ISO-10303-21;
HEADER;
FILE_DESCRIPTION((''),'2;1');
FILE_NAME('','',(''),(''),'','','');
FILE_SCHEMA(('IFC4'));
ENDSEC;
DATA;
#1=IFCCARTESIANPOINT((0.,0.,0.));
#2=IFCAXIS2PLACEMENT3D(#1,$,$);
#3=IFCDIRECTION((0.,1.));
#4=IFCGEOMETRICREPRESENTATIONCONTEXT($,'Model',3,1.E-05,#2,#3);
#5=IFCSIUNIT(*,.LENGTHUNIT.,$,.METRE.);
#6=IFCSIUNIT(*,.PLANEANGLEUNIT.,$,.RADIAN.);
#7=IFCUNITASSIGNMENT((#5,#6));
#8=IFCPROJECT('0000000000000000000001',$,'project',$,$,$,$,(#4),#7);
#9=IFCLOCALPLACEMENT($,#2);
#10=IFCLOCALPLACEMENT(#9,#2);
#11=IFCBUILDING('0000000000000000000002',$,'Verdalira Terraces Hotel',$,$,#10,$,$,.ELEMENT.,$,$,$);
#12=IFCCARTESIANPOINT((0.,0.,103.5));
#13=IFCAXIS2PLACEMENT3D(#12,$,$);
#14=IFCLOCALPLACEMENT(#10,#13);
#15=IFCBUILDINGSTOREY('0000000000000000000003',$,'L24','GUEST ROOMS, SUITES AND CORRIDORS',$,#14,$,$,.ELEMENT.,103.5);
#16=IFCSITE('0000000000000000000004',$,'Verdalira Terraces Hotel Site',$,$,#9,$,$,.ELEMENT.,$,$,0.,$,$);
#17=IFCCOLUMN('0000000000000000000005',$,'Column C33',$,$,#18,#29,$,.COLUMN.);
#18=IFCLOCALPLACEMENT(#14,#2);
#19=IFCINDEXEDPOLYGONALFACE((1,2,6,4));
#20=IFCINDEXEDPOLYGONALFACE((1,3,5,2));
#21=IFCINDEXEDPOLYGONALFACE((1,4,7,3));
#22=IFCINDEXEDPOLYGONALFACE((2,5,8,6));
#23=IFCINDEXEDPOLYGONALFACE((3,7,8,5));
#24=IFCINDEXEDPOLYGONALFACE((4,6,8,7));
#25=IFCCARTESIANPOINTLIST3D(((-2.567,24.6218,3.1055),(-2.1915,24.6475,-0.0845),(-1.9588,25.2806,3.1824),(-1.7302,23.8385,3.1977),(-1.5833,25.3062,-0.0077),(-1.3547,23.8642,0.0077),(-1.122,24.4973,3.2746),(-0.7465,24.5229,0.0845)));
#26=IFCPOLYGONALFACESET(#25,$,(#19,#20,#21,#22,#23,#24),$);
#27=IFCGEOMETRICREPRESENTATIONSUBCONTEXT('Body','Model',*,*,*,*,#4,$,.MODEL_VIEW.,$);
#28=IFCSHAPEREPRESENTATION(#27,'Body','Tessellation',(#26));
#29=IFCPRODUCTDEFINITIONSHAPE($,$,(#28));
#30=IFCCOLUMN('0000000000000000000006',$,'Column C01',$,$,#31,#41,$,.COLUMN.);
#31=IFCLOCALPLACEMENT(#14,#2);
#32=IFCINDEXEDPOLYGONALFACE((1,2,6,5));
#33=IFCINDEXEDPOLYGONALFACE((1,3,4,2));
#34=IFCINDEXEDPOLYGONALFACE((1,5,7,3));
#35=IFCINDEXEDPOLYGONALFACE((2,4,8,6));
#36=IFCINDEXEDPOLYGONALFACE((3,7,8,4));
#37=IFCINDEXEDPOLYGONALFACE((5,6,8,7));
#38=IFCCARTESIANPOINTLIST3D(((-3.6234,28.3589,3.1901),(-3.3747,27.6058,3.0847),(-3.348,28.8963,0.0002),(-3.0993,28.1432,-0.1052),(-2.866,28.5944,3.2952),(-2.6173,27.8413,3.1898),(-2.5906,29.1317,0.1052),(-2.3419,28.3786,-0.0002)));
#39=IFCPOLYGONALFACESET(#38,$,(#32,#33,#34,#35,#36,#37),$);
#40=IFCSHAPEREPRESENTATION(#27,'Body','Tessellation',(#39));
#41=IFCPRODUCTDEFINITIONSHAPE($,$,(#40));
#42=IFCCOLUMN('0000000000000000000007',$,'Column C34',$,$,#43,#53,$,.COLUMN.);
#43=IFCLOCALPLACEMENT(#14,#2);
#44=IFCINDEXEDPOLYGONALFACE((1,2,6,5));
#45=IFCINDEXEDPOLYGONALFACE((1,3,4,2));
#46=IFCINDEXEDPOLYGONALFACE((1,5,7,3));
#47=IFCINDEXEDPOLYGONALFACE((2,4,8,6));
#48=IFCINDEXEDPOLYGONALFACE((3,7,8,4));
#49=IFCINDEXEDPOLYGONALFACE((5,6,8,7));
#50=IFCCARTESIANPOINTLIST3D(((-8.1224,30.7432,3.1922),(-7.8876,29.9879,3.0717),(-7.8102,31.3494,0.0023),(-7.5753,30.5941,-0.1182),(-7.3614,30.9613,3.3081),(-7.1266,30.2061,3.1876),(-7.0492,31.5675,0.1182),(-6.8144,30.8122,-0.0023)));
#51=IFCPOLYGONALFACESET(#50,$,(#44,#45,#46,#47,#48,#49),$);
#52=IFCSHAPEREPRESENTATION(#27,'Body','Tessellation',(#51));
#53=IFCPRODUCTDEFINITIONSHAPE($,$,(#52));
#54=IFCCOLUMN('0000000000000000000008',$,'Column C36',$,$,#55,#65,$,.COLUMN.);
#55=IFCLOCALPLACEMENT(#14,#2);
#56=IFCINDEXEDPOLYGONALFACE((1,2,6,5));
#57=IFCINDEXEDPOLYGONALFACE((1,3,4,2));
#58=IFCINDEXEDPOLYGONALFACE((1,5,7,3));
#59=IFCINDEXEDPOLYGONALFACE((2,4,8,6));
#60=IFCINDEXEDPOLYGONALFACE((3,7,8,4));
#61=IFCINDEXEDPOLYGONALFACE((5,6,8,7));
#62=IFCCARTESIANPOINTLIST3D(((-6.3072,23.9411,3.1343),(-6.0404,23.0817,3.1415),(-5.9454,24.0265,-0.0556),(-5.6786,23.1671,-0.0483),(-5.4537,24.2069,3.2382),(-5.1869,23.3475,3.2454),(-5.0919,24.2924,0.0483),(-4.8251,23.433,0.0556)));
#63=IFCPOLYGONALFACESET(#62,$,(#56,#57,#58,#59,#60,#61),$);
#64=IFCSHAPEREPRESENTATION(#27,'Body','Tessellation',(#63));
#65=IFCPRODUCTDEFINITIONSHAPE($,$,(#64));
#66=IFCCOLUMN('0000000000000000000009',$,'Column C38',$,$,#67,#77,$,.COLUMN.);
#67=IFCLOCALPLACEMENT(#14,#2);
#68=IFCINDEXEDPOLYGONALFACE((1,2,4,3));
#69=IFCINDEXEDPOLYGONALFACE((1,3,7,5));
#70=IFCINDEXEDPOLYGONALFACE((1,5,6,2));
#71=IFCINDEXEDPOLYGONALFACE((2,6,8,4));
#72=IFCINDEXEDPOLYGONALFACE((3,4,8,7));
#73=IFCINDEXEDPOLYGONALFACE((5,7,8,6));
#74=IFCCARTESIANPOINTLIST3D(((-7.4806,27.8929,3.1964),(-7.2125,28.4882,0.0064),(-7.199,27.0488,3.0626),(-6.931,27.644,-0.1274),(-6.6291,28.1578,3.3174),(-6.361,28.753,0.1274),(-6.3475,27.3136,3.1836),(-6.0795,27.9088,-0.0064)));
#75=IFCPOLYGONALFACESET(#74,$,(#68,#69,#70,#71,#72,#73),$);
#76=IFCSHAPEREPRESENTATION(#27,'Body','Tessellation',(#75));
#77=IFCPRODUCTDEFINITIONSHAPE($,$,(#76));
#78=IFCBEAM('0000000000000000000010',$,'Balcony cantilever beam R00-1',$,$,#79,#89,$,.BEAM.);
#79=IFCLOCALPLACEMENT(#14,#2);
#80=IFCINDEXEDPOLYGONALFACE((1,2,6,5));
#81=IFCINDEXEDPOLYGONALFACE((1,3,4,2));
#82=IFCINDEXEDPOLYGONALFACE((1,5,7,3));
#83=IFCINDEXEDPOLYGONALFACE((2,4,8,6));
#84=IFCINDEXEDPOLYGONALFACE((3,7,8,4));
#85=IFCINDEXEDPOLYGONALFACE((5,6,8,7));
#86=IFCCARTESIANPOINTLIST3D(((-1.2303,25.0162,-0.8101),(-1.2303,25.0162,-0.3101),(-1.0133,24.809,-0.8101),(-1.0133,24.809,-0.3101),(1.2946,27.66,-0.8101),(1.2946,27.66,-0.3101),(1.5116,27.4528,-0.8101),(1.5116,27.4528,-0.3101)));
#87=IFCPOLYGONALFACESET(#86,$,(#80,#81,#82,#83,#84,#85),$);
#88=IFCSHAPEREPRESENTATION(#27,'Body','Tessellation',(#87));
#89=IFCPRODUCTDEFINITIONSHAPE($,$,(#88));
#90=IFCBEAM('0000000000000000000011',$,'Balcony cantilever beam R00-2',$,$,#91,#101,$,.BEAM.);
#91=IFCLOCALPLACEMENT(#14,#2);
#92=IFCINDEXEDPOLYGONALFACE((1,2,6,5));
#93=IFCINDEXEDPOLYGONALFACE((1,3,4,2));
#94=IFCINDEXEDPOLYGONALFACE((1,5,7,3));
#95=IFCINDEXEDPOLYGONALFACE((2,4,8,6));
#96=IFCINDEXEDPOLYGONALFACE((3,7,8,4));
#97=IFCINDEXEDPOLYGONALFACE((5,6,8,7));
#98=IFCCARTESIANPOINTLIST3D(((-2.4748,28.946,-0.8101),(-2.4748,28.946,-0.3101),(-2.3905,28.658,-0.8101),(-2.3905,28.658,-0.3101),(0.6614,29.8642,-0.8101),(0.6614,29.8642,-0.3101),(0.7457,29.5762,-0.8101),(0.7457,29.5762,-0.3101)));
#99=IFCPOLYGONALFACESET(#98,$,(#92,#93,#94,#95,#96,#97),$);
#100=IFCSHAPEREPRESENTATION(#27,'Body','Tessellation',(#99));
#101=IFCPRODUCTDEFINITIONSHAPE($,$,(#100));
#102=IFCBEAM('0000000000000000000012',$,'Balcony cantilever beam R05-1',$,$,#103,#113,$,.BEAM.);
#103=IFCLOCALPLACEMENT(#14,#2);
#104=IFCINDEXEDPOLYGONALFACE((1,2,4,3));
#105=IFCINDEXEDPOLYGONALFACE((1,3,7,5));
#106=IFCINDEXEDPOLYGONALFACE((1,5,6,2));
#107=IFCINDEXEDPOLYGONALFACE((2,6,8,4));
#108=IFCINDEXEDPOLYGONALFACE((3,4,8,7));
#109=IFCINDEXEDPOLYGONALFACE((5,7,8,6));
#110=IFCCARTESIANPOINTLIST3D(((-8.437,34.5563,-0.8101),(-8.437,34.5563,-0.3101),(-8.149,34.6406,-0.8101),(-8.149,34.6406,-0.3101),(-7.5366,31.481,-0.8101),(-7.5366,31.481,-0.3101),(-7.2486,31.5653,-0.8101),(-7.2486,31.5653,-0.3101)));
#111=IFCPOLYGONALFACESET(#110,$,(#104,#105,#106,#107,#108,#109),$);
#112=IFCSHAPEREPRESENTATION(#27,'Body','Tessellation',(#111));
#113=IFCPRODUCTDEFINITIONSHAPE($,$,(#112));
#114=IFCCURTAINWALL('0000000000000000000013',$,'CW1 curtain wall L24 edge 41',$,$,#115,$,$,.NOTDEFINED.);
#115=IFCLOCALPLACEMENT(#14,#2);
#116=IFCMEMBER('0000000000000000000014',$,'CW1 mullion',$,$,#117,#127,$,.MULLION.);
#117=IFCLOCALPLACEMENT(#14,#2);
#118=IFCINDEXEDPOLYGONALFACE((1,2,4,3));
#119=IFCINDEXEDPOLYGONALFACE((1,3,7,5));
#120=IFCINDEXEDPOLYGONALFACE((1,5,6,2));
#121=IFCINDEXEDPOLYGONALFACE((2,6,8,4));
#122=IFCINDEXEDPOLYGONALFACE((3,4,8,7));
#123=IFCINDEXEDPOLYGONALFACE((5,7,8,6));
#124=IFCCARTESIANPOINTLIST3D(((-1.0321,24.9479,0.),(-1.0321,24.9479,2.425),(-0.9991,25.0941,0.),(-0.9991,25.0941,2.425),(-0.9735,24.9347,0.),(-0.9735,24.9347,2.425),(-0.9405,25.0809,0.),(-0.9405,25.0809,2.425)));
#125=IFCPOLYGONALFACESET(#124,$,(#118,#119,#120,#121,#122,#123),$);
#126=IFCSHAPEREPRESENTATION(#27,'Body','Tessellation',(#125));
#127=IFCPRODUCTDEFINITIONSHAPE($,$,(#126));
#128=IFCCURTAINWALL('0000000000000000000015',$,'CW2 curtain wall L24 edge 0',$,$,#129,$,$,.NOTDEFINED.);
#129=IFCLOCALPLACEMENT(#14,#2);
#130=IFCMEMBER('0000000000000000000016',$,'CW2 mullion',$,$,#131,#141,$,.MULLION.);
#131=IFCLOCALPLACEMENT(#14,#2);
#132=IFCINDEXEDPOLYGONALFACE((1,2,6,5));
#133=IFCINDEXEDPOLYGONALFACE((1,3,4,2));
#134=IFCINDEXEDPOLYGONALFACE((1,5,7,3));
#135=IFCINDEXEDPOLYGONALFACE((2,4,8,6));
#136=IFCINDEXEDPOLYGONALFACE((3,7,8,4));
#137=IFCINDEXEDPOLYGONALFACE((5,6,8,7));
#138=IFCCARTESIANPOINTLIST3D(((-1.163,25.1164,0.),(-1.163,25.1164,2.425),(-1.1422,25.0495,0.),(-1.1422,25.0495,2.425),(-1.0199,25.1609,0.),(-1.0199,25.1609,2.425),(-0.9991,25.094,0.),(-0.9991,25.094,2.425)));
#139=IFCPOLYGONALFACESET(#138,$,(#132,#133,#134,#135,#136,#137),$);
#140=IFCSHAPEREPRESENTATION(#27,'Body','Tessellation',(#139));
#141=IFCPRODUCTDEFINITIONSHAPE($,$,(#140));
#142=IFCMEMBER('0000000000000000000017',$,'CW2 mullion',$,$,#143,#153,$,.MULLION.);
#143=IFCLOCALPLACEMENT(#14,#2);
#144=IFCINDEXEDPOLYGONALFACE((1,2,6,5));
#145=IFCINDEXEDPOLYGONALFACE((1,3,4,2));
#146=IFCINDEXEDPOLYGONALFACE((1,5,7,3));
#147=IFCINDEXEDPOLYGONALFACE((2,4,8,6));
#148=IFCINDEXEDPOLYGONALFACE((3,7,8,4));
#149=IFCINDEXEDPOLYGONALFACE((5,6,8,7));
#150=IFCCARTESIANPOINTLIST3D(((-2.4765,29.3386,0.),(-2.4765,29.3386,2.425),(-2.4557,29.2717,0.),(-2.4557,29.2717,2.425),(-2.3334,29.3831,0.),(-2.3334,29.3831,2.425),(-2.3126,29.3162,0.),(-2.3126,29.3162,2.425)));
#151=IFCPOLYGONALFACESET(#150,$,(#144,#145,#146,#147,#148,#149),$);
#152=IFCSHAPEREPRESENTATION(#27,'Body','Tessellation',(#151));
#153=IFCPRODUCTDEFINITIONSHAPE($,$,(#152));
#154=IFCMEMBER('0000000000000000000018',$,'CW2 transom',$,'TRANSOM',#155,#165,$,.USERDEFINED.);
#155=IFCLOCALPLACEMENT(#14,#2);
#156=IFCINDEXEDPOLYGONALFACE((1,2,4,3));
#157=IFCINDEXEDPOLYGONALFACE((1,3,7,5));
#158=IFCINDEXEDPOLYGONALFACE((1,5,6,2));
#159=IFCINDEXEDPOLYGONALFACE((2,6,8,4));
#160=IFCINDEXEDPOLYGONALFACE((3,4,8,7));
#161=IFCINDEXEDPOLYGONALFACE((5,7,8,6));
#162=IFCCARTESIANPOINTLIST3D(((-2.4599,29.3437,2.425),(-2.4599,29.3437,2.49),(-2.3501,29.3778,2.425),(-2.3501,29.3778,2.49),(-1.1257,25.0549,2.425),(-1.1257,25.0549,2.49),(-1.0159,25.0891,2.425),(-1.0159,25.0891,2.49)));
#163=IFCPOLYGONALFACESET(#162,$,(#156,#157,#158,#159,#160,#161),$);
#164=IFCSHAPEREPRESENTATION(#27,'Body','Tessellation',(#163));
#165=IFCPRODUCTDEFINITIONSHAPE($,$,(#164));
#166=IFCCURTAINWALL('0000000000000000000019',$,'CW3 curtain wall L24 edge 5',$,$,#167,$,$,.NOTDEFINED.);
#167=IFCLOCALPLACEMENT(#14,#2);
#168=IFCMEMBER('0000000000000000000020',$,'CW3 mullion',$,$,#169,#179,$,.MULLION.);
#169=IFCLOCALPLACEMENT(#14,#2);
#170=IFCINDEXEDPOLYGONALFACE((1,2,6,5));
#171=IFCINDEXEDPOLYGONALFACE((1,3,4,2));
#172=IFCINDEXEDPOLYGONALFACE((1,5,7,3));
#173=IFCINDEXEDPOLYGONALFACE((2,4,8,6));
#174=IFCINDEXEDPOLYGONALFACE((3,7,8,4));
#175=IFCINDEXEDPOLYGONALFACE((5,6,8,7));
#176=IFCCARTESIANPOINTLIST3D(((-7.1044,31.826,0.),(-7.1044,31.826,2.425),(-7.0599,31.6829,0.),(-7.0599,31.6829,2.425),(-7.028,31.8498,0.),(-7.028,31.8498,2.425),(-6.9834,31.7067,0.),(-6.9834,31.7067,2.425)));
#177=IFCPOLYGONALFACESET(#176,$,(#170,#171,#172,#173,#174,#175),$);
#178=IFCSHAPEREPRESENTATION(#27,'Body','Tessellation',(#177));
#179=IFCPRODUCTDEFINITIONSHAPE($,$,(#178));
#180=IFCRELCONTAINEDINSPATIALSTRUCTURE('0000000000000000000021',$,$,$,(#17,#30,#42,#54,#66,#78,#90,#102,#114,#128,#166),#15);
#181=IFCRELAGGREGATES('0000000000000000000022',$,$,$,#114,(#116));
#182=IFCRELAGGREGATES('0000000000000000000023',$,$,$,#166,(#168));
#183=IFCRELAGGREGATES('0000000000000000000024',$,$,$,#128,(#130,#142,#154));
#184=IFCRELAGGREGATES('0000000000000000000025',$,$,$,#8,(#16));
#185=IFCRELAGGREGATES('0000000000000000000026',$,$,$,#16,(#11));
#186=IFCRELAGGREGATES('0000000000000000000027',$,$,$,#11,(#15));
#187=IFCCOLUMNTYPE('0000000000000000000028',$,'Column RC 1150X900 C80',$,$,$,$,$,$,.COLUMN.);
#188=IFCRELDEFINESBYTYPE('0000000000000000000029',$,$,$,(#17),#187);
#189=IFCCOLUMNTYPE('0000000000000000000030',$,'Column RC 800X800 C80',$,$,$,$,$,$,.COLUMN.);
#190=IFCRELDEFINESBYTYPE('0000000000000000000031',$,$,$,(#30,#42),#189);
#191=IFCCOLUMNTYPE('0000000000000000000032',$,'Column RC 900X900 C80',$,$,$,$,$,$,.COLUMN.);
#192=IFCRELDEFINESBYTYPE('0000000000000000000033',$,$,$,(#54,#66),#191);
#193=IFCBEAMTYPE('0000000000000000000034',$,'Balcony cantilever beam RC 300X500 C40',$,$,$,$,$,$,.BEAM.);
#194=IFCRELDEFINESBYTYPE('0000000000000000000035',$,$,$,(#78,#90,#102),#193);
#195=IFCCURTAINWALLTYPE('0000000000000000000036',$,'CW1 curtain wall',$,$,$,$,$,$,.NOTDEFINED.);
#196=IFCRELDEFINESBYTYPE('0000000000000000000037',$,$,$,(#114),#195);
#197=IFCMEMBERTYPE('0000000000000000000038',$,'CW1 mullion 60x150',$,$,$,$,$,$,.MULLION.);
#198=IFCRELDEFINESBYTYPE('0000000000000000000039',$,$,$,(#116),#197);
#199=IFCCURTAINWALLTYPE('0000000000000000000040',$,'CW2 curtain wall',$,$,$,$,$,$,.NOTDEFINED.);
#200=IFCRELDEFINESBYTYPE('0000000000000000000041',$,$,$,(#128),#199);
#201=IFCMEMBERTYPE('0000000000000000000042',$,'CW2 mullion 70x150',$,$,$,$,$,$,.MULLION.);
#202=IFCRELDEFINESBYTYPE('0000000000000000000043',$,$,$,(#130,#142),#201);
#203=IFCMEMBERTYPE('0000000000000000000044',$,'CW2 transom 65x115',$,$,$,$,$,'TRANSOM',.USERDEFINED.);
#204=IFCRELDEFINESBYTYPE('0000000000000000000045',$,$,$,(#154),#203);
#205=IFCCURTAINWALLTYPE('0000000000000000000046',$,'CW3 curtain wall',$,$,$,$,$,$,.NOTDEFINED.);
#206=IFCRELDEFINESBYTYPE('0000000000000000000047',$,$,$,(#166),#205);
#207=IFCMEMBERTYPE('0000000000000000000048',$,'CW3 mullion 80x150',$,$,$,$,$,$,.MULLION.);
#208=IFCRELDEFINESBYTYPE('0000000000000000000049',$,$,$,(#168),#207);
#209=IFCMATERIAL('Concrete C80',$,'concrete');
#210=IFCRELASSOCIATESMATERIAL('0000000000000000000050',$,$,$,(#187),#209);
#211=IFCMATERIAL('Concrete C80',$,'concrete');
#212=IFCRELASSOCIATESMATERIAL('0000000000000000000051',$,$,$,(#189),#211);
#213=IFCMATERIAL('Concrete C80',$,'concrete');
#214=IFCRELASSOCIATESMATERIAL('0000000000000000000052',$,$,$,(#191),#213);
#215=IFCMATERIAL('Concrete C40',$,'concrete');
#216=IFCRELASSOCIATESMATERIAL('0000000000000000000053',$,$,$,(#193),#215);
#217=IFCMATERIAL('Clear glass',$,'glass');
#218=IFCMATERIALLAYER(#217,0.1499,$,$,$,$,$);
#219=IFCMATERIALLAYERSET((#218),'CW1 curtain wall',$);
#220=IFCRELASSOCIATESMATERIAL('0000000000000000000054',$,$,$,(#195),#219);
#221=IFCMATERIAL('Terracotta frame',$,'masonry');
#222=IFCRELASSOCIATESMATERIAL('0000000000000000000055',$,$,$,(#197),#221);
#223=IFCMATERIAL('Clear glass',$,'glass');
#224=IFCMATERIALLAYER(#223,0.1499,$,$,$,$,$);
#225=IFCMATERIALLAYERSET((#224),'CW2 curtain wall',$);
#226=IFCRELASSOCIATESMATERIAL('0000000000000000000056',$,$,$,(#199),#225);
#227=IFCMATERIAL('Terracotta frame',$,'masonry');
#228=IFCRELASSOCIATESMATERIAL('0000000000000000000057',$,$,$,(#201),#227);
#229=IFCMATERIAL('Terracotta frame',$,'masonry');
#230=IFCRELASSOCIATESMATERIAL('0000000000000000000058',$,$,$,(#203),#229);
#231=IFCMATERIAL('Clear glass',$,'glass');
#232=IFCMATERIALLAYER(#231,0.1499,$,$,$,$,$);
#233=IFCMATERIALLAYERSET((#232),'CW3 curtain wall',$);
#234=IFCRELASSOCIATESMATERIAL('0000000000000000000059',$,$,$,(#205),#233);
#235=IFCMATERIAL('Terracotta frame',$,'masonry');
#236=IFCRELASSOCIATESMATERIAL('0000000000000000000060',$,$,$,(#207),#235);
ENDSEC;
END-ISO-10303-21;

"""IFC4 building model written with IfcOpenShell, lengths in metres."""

from ifc_helpers import new_model, si_unit, direction, frame, origin, origin_2d, place, context, subcontext, project, spatial, rectangle, extrude, material, layer, layer_set, material_profile, profile_set, type_object, element, aggregate, save


model = new_model("IFC4")

# Units and contexts
model_context = context("Model", 3, precision=1e-05, world=origin(), true_north=direction((0.0, 1.0)))
body_context = subcontext(model_context, "Body", "Model", "MODEL_VIEW")
ifc_project = project(units=[si_unit("LENGTHUNIT", "METRE"), si_unit("PLANEANGLEUNIT", "RADIAN")], contexts=[model_context])

# Site, building, storey
site_placement = place(None, origin())
site = spatial("IfcSite", under=ifc_project, at=site_placement, Name="Verdalira Terraces Hotel Site", CompositionType="ELEMENT", RefElevation=0.0)
building_placement = place(site_placement, origin())
building = spatial("IfcBuilding", under=site, at=building_placement, Name="Verdalira Terraces Hotel", CompositionType="ELEMENT")
storey_placement = place(building_placement, frame((0.0, 0.0, 103.5)))
storey = spatial("IfcBuildingStorey", under=building, at=storey_placement, Name="L24", Description="GUEST ROOMS, SUITES AND CORRIDORS", CompositionType="ELEMENT", Elevation=103.5)

# Columns
ifc_material_1 = material(Name="Concrete C80", Category="concrete")
ifc_material_profile_1 = material_profile(ifc_material_1, rectangle(XDim=1.1499, YDim=0.8999, at=origin_2d()), Name="RC 1150X900")
ifc_profile_set_1 = profile_set([ifc_material_profile_1], Name="Concrete C80")
column_type_1 = type_object("IfcColumnType", Name="Column RC 1150X900 C80", PredefinedType="COLUMN", material=ifc_profile_set_1)
column_1_placement = place(storey_placement, frame((-1.469, 24.5852, 0.0), z_axis=(-0.116899, -0.007981, 0.993112), x_axis=(0.727703, -0.68119, 0.080184)))
element("IfcColumn", 1, at=column_1_placement, inside=storey, type_object=column_type_1, Name="Column C33", PredefinedType="COLUMN", context=body_context, shape_type="SweptSolid", body=[
    extrude(rectangle(XDim=1.1499, YDim=0.8999, at=origin_2d()), origin(), (0.0, 0.0, 1.0), 3.2122),
])
ifc_material_2 = material(Name="Concrete C80", Category="concrete")
ifc_material_profile_2 = material_profile(ifc_material_2, rectangle(XDim=0.8, YDim=0.8, at=origin_2d()), Name="RC 800X800")
ifc_profile_set_2 = profile_set([ifc_material_profile_2], Name="Concrete C80")
column_type_2 = type_object("IfcColumnType", Name="Column RC 800X800 C80", PredefinedType="COLUMN", material=ifc_profile_set_2)
column_2_placement = place(storey_placement, frame((-2.845, 28.6375, 0.0), z_axis=(-0.084825, -0.165513, 0.982553), x_axis=(-0.310883, 0.941276, 0.131722)))
element("IfcColumn", 2, at=column_2_placement, inside=storey, type_object=column_type_2, Name="Column C01", PredefinedType="COLUMN", context=body_context, shape_type="SweptSolid", body=[
    extrude(rectangle(XDim=0.8, YDim=0.8, at=origin_2d()), origin(), (0.0, 0.0, 1.0), 3.2466),
])
column_3_placement = place(storey_placement, frame((-7.3123, 31.0808, 0.0), z_axis=(-0.095725, -0.185837, 0.977907), x_axis=(-0.951143, -0.272629, -0.144914)))
element("IfcColumn", 3, at=column_3_placement, inside=storey, type_object=column_type_2, Name="Column C34", PredefinedType="COLUMN", context=body_context, shape_type="SweptSolid", body=[
    extrude(rectangle(XDim=0.8, YDim=0.8, at=origin_2d()), origin(), (0.0, 0.0, 1.0), 3.262),
])
ifc_material_3 = material(Name="Concrete C80", Category="concrete")
ifc_material_profile_3 = material_profile(ifc_material_3, rectangle(XDim=0.8999, YDim=0.8999, at=origin_2d()), Name="RC 900X900")
ifc_profile_set_3 = profile_set([ifc_material_profile_3], Name="Concrete C80")
column_type_3 = type_object("IfcColumnType", Name="Column RC 900X900 C80", PredefinedType="COLUMN", material=ifc_profile_set_3)
column_4_placement = place(storey_placement, frame((-5.3853, 23.7297, 0.0), z_axis=(-0.112662, -0.026607, 0.993277), x_axis=(-0.296497, 0.955, -0.008048)))
element("IfcColumn", 4, at=column_4_placement, inside=storey, type_object=column_type_3, Name="Column C36", PredefinedType="COLUMN", context=body_context, shape_type="SweptSolid", body=[
    extrude(rectangle(XDim=0.8999, YDim=0.8999, at=origin_2d()), origin(), (0.0, 0.0, 1.0), 3.2114),
])
column_5_placement = place(storey_placement, frame((-6.646, 28.1985, 0.0), z_axis=(-0.082329, -0.182803, 0.979696), x_axis=(-0.312892, 0.938069, 0.148742)))
element("IfcColumn", 5, at=column_5_placement, inside=storey, type_object=column_type_3, Name="Column C38", PredefinedType="COLUMN", context=body_context, shape_type="SweptSolid", body=[
    extrude(rectangle(XDim=0.8999, YDim=0.8999, at=origin_2d()), origin(), (0.0, 0.0, 1.0), 3.2561),
])

# Beams
ifc_material_4 = material(Name="Concrete C40", Category="concrete")
ifc_material_profile_4 = material_profile(ifc_material_4, rectangle(XDim=0.3, YDim=0.5, at=origin_2d()), Name="RC 300X500")
ifc_profile_set_4 = profile_set([ifc_material_profile_4], Name="Concrete C40")
beam_type_1 = type_object("IfcBeamType", Name="Balcony cantilever beam RC 300X500 C40", PredefinedType="BEAM", material=ifc_profile_set_4)
beam_1_placement = place(storey_placement, frame((-1.1218, 24.9126, -0.5601), z_axis=(0.690658, 0.723181, 0.0), x_axis=(-0.723181, 0.690658, 0.0)))
element("IfcBeam", 6, at=beam_1_placement, inside=storey, type_object=beam_type_1, Name="Balcony cantilever beam R00-1", PredefinedType="BEAM", context=body_context, shape_type="SweptSolid", body=[
    extrude(rectangle(XDim=0.3, YDim=0.5, at=origin_2d()), origin(), (0.0, 0.0, 1.0), 3.6558),
])
beam_2_placement = place(storey_placement, frame((-2.4326, 28.802, -0.5601), z_axis=(0.959713, 0.280981, 0.0), x_axis=(-0.280981, 0.959713, 0.0)))
element("IfcBeam", 7, at=beam_2_placement, inside=storey, type_object=beam_type_1, Name="Balcony cantilever beam R00-2", PredefinedType="BEAM", context=body_context, shape_type="SweptSolid", body=[
    extrude(rectangle(XDim=0.3, YDim=0.5, at=origin_2d()), origin(), (0.0, 0.0, 1.0), 3.2678),
])
beam_3_placement = place(storey_placement, frame((-7.3926, 31.5232, -0.5601), z_axis=(-0.280995, 0.959709, 0.0), x_axis=(-0.959709, -0.280995, 0.0)))
element("IfcBeam", 8, at=beam_3_placement, inside=storey, type_object=beam_type_1, Name="Balcony cantilever beam R05-1", PredefinedType="BEAM", context=body_context, shape_type="SweptSolid", body=[
    extrude(rectangle(XDim=0.3, YDim=0.5, at=origin_2d()), origin(), (0.0, 0.0, 1.0), 3.2043),
])

# Curtain wall, member
ifc_material_5 = material(Name="Clear glass", Category="glass")
ifc_layer_1 = layer(ifc_material_5, 0.1499)
ifc_layer_set_1 = layer_set([ifc_layer_1], Name="CW1 curtain wall")
curtain_wall_type_1 = type_object("IfcCurtainWallType", Name="CW1 curtain wall", PredefinedType="NOTDEFINED", material=ifc_layer_set_1)
curtain_wall_1_placement = place(storey_placement, origin())
curtain_wall_1 = element("IfcCurtainWall", 9, at=curtain_wall_1_placement, inside=storey, type_object=curtain_wall_type_1, Name="CW1 curtain wall L24 edge 41", PredefinedType="NOTDEFINED")
ifc_material_6 = material(Name="Terracotta frame", Category="masonry")
ifc_material_profile_5 = material_profile(ifc_material_6, rectangle(XDim=0.0601, YDim=0.1499, at=origin_2d()), Name="MU 60x150")
ifc_profile_set_5 = profile_set([ifc_material_profile_5], Name="Terracotta frame")
member_type_1 = type_object("IfcMemberType", Name="CW1 mullion 60x150", PredefinedType="MULLION", material=ifc_profile_set_5)
member_1_placement = place(storey_placement, frame((-0.9863, 25.0144, 0.0), z_axis=(0.0, 0.0, 1.0), x_axis=(-0.975458, 0.220187, 0.0)))
member_1 = element("IfcMember", 10, at=member_1_placement, type_object=member_type_1, Name="CW1 mullion", PredefinedType="MULLION", context=body_context, shape_type="SweptSolid", body=[
    extrude(rectangle(XDim=0.0601, YDim=0.1499, at=origin_2d()), origin(), (0.0, 0.0, 1.0), 2.425),
])
aggregate(curtain_wall_1, [member_1])

# Curtain walls, members
ifc_material_7 = material(Name="Clear glass", Category="glass")
ifc_layer_2 = layer(ifc_material_7, 0.1499)
ifc_layer_set_2 = layer_set([ifc_layer_2], Name="CW2 curtain wall")
curtain_wall_type_2 = type_object("IfcCurtainWallType", Name="CW2 curtain wall", PredefinedType="NOTDEFINED", material=ifc_layer_set_2)
curtain_wall_2_placement = place(storey_placement, origin())
curtain_wall_2 = element("IfcCurtainWall", 11, at=curtain_wall_2_placement, inside=storey, type_object=curtain_wall_type_2, Name="CW2 curtain wall L24 edge 0", PredefinedType="NOTDEFINED")
ifc_material_8 = material(Name="Terracotta frame", Category="masonry")
ifc_material_profile_6 = material_profile(ifc_material_8, rectangle(XDim=0.0701, YDim=0.1499, at=origin_2d()), Name="MU 70x150")
ifc_profile_set_6 = profile_set([ifc_material_profile_6], Name="Terracotta frame")
member_type_2 = type_object("IfcMemberType", Name="CW2 mullion 70x150", PredefinedType="MULLION", material=ifc_profile_set_6)
member_2_placement = place(storey_placement, frame((-1.0811, 25.1052, 0.0), z_axis=(0.0, 0.0, 1.0), x_axis=(-0.297042, 0.954865, 0.0)))
member_2 = element("IfcMember", 12, at=member_2_placement, type_object=member_type_2, Name="CW2 mullion", PredefinedType="MULLION", context=body_context, shape_type="SweptSolid", body=[
    extrude(rectangle(XDim=0.0701, YDim=0.1499, at=origin_2d()), origin(), (0.0, 0.0, 1.0), 2.425),
])
member_3_placement = place(storey_placement, frame((-2.3945, 29.3274, 0.0), z_axis=(0.0, 0.0, 1.0), x_axis=(-0.297042, 0.954865, 0.0)))
member_3 = element("IfcMember", 13, at=member_3_placement, type_object=member_type_2, Name="CW2 mullion", PredefinedType="MULLION", context=body_context, shape_type="SweptSolid", body=[
    extrude(rectangle(XDim=0.0701, YDim=0.1499, at=origin_2d()), origin(), (0.0, 0.0, 1.0), 2.425),
])
ifc_material_9 = material(Name="Terracotta frame", Category="masonry")
ifc_material_profile_7 = material_profile(ifc_material_9, rectangle(XDim=0.115, YDim=0.0649, at=origin_2d()), Name="TR 65x115")
ifc_profile_set_7 = profile_set([ifc_material_profile_7], Name="Terracotta frame")
member_type_3 = type_object("IfcMemberType", Name="CW2 transom 65x115", ElementType="TRANSOM", PredefinedType="USERDEFINED", material=ifc_profile_set_7)
member_4_placement = place(storey_placement, frame((-1.0708, 25.072, 2.4575), z_axis=(-0.297052, 0.954861, 0.0), x_axis=(-0.954861, -0.297052, 0.0)))
member_4 = element("IfcMember", 14, at=member_4_placement, type_object=member_type_3, Name="CW2 transom", ObjectType="TRANSOM", PredefinedType="USERDEFINED", context=body_context, shape_type="SweptSolid", body=[
    extrude(rectangle(XDim=0.115, YDim=0.0649, at=origin_2d()), origin(), (0.0, 0.0, 1.0), 4.4915),
])
ifc_material_10 = material(Name="Clear glass", Category="glass")
ifc_layer_3 = layer(ifc_material_10, 0.1499)
ifc_layer_set_3 = layer_set([ifc_layer_3], Name="CW3 curtain wall")
curtain_wall_type_3 = type_object("IfcCurtainWallType", Name="CW3 curtain wall", PredefinedType="NOTDEFINED", material=ifc_layer_set_3)
curtain_wall_3_placement = place(storey_placement, origin())
curtain_wall_3 = element("IfcCurtainWall", 15, at=curtain_wall_3_placement, inside=storey, type_object=curtain_wall_type_3, Name="CW3 curtain wall L24 edge 5", PredefinedType="NOTDEFINED")
ifc_material_11 = material(Name="Terracotta frame", Category="masonry")
ifc_material_profile_8 = material_profile(ifc_material_11, rectangle(XDim=0.0801, YDim=0.1499, at=origin_2d()), Name="MU 80x150")
ifc_profile_set_8 = profile_set([ifc_material_profile_8], Name="Terracotta frame")
member_type_4 = type_object("IfcMemberType", Name="CW3 mullion 80x150", PredefinedType="MULLION", material=ifc_profile_set_8)
member_5_placement = place(storey_placement, frame((-7.0439, 31.7664, 0.0), z_axis=(0.0, 0.0, 1.0), x_axis=(-0.954865, -0.297042, 0.0)))
member_5 = element("IfcMember", 16, at=member_5_placement, type_object=member_type_4, Name="CW3 mullion", PredefinedType="MULLION", context=body_context, shape_type="SweptSolid", body=[
    extrude(rectangle(XDim=0.0801, YDim=0.1499, at=origin_2d()), origin(), (0.0, 0.0, 1.0), 2.425),
])
aggregate(curtain_wall_3, [member_5])

aggregate(curtain_wall_2, [member_2, member_3, member_4])

save(model, "model.ifc")
